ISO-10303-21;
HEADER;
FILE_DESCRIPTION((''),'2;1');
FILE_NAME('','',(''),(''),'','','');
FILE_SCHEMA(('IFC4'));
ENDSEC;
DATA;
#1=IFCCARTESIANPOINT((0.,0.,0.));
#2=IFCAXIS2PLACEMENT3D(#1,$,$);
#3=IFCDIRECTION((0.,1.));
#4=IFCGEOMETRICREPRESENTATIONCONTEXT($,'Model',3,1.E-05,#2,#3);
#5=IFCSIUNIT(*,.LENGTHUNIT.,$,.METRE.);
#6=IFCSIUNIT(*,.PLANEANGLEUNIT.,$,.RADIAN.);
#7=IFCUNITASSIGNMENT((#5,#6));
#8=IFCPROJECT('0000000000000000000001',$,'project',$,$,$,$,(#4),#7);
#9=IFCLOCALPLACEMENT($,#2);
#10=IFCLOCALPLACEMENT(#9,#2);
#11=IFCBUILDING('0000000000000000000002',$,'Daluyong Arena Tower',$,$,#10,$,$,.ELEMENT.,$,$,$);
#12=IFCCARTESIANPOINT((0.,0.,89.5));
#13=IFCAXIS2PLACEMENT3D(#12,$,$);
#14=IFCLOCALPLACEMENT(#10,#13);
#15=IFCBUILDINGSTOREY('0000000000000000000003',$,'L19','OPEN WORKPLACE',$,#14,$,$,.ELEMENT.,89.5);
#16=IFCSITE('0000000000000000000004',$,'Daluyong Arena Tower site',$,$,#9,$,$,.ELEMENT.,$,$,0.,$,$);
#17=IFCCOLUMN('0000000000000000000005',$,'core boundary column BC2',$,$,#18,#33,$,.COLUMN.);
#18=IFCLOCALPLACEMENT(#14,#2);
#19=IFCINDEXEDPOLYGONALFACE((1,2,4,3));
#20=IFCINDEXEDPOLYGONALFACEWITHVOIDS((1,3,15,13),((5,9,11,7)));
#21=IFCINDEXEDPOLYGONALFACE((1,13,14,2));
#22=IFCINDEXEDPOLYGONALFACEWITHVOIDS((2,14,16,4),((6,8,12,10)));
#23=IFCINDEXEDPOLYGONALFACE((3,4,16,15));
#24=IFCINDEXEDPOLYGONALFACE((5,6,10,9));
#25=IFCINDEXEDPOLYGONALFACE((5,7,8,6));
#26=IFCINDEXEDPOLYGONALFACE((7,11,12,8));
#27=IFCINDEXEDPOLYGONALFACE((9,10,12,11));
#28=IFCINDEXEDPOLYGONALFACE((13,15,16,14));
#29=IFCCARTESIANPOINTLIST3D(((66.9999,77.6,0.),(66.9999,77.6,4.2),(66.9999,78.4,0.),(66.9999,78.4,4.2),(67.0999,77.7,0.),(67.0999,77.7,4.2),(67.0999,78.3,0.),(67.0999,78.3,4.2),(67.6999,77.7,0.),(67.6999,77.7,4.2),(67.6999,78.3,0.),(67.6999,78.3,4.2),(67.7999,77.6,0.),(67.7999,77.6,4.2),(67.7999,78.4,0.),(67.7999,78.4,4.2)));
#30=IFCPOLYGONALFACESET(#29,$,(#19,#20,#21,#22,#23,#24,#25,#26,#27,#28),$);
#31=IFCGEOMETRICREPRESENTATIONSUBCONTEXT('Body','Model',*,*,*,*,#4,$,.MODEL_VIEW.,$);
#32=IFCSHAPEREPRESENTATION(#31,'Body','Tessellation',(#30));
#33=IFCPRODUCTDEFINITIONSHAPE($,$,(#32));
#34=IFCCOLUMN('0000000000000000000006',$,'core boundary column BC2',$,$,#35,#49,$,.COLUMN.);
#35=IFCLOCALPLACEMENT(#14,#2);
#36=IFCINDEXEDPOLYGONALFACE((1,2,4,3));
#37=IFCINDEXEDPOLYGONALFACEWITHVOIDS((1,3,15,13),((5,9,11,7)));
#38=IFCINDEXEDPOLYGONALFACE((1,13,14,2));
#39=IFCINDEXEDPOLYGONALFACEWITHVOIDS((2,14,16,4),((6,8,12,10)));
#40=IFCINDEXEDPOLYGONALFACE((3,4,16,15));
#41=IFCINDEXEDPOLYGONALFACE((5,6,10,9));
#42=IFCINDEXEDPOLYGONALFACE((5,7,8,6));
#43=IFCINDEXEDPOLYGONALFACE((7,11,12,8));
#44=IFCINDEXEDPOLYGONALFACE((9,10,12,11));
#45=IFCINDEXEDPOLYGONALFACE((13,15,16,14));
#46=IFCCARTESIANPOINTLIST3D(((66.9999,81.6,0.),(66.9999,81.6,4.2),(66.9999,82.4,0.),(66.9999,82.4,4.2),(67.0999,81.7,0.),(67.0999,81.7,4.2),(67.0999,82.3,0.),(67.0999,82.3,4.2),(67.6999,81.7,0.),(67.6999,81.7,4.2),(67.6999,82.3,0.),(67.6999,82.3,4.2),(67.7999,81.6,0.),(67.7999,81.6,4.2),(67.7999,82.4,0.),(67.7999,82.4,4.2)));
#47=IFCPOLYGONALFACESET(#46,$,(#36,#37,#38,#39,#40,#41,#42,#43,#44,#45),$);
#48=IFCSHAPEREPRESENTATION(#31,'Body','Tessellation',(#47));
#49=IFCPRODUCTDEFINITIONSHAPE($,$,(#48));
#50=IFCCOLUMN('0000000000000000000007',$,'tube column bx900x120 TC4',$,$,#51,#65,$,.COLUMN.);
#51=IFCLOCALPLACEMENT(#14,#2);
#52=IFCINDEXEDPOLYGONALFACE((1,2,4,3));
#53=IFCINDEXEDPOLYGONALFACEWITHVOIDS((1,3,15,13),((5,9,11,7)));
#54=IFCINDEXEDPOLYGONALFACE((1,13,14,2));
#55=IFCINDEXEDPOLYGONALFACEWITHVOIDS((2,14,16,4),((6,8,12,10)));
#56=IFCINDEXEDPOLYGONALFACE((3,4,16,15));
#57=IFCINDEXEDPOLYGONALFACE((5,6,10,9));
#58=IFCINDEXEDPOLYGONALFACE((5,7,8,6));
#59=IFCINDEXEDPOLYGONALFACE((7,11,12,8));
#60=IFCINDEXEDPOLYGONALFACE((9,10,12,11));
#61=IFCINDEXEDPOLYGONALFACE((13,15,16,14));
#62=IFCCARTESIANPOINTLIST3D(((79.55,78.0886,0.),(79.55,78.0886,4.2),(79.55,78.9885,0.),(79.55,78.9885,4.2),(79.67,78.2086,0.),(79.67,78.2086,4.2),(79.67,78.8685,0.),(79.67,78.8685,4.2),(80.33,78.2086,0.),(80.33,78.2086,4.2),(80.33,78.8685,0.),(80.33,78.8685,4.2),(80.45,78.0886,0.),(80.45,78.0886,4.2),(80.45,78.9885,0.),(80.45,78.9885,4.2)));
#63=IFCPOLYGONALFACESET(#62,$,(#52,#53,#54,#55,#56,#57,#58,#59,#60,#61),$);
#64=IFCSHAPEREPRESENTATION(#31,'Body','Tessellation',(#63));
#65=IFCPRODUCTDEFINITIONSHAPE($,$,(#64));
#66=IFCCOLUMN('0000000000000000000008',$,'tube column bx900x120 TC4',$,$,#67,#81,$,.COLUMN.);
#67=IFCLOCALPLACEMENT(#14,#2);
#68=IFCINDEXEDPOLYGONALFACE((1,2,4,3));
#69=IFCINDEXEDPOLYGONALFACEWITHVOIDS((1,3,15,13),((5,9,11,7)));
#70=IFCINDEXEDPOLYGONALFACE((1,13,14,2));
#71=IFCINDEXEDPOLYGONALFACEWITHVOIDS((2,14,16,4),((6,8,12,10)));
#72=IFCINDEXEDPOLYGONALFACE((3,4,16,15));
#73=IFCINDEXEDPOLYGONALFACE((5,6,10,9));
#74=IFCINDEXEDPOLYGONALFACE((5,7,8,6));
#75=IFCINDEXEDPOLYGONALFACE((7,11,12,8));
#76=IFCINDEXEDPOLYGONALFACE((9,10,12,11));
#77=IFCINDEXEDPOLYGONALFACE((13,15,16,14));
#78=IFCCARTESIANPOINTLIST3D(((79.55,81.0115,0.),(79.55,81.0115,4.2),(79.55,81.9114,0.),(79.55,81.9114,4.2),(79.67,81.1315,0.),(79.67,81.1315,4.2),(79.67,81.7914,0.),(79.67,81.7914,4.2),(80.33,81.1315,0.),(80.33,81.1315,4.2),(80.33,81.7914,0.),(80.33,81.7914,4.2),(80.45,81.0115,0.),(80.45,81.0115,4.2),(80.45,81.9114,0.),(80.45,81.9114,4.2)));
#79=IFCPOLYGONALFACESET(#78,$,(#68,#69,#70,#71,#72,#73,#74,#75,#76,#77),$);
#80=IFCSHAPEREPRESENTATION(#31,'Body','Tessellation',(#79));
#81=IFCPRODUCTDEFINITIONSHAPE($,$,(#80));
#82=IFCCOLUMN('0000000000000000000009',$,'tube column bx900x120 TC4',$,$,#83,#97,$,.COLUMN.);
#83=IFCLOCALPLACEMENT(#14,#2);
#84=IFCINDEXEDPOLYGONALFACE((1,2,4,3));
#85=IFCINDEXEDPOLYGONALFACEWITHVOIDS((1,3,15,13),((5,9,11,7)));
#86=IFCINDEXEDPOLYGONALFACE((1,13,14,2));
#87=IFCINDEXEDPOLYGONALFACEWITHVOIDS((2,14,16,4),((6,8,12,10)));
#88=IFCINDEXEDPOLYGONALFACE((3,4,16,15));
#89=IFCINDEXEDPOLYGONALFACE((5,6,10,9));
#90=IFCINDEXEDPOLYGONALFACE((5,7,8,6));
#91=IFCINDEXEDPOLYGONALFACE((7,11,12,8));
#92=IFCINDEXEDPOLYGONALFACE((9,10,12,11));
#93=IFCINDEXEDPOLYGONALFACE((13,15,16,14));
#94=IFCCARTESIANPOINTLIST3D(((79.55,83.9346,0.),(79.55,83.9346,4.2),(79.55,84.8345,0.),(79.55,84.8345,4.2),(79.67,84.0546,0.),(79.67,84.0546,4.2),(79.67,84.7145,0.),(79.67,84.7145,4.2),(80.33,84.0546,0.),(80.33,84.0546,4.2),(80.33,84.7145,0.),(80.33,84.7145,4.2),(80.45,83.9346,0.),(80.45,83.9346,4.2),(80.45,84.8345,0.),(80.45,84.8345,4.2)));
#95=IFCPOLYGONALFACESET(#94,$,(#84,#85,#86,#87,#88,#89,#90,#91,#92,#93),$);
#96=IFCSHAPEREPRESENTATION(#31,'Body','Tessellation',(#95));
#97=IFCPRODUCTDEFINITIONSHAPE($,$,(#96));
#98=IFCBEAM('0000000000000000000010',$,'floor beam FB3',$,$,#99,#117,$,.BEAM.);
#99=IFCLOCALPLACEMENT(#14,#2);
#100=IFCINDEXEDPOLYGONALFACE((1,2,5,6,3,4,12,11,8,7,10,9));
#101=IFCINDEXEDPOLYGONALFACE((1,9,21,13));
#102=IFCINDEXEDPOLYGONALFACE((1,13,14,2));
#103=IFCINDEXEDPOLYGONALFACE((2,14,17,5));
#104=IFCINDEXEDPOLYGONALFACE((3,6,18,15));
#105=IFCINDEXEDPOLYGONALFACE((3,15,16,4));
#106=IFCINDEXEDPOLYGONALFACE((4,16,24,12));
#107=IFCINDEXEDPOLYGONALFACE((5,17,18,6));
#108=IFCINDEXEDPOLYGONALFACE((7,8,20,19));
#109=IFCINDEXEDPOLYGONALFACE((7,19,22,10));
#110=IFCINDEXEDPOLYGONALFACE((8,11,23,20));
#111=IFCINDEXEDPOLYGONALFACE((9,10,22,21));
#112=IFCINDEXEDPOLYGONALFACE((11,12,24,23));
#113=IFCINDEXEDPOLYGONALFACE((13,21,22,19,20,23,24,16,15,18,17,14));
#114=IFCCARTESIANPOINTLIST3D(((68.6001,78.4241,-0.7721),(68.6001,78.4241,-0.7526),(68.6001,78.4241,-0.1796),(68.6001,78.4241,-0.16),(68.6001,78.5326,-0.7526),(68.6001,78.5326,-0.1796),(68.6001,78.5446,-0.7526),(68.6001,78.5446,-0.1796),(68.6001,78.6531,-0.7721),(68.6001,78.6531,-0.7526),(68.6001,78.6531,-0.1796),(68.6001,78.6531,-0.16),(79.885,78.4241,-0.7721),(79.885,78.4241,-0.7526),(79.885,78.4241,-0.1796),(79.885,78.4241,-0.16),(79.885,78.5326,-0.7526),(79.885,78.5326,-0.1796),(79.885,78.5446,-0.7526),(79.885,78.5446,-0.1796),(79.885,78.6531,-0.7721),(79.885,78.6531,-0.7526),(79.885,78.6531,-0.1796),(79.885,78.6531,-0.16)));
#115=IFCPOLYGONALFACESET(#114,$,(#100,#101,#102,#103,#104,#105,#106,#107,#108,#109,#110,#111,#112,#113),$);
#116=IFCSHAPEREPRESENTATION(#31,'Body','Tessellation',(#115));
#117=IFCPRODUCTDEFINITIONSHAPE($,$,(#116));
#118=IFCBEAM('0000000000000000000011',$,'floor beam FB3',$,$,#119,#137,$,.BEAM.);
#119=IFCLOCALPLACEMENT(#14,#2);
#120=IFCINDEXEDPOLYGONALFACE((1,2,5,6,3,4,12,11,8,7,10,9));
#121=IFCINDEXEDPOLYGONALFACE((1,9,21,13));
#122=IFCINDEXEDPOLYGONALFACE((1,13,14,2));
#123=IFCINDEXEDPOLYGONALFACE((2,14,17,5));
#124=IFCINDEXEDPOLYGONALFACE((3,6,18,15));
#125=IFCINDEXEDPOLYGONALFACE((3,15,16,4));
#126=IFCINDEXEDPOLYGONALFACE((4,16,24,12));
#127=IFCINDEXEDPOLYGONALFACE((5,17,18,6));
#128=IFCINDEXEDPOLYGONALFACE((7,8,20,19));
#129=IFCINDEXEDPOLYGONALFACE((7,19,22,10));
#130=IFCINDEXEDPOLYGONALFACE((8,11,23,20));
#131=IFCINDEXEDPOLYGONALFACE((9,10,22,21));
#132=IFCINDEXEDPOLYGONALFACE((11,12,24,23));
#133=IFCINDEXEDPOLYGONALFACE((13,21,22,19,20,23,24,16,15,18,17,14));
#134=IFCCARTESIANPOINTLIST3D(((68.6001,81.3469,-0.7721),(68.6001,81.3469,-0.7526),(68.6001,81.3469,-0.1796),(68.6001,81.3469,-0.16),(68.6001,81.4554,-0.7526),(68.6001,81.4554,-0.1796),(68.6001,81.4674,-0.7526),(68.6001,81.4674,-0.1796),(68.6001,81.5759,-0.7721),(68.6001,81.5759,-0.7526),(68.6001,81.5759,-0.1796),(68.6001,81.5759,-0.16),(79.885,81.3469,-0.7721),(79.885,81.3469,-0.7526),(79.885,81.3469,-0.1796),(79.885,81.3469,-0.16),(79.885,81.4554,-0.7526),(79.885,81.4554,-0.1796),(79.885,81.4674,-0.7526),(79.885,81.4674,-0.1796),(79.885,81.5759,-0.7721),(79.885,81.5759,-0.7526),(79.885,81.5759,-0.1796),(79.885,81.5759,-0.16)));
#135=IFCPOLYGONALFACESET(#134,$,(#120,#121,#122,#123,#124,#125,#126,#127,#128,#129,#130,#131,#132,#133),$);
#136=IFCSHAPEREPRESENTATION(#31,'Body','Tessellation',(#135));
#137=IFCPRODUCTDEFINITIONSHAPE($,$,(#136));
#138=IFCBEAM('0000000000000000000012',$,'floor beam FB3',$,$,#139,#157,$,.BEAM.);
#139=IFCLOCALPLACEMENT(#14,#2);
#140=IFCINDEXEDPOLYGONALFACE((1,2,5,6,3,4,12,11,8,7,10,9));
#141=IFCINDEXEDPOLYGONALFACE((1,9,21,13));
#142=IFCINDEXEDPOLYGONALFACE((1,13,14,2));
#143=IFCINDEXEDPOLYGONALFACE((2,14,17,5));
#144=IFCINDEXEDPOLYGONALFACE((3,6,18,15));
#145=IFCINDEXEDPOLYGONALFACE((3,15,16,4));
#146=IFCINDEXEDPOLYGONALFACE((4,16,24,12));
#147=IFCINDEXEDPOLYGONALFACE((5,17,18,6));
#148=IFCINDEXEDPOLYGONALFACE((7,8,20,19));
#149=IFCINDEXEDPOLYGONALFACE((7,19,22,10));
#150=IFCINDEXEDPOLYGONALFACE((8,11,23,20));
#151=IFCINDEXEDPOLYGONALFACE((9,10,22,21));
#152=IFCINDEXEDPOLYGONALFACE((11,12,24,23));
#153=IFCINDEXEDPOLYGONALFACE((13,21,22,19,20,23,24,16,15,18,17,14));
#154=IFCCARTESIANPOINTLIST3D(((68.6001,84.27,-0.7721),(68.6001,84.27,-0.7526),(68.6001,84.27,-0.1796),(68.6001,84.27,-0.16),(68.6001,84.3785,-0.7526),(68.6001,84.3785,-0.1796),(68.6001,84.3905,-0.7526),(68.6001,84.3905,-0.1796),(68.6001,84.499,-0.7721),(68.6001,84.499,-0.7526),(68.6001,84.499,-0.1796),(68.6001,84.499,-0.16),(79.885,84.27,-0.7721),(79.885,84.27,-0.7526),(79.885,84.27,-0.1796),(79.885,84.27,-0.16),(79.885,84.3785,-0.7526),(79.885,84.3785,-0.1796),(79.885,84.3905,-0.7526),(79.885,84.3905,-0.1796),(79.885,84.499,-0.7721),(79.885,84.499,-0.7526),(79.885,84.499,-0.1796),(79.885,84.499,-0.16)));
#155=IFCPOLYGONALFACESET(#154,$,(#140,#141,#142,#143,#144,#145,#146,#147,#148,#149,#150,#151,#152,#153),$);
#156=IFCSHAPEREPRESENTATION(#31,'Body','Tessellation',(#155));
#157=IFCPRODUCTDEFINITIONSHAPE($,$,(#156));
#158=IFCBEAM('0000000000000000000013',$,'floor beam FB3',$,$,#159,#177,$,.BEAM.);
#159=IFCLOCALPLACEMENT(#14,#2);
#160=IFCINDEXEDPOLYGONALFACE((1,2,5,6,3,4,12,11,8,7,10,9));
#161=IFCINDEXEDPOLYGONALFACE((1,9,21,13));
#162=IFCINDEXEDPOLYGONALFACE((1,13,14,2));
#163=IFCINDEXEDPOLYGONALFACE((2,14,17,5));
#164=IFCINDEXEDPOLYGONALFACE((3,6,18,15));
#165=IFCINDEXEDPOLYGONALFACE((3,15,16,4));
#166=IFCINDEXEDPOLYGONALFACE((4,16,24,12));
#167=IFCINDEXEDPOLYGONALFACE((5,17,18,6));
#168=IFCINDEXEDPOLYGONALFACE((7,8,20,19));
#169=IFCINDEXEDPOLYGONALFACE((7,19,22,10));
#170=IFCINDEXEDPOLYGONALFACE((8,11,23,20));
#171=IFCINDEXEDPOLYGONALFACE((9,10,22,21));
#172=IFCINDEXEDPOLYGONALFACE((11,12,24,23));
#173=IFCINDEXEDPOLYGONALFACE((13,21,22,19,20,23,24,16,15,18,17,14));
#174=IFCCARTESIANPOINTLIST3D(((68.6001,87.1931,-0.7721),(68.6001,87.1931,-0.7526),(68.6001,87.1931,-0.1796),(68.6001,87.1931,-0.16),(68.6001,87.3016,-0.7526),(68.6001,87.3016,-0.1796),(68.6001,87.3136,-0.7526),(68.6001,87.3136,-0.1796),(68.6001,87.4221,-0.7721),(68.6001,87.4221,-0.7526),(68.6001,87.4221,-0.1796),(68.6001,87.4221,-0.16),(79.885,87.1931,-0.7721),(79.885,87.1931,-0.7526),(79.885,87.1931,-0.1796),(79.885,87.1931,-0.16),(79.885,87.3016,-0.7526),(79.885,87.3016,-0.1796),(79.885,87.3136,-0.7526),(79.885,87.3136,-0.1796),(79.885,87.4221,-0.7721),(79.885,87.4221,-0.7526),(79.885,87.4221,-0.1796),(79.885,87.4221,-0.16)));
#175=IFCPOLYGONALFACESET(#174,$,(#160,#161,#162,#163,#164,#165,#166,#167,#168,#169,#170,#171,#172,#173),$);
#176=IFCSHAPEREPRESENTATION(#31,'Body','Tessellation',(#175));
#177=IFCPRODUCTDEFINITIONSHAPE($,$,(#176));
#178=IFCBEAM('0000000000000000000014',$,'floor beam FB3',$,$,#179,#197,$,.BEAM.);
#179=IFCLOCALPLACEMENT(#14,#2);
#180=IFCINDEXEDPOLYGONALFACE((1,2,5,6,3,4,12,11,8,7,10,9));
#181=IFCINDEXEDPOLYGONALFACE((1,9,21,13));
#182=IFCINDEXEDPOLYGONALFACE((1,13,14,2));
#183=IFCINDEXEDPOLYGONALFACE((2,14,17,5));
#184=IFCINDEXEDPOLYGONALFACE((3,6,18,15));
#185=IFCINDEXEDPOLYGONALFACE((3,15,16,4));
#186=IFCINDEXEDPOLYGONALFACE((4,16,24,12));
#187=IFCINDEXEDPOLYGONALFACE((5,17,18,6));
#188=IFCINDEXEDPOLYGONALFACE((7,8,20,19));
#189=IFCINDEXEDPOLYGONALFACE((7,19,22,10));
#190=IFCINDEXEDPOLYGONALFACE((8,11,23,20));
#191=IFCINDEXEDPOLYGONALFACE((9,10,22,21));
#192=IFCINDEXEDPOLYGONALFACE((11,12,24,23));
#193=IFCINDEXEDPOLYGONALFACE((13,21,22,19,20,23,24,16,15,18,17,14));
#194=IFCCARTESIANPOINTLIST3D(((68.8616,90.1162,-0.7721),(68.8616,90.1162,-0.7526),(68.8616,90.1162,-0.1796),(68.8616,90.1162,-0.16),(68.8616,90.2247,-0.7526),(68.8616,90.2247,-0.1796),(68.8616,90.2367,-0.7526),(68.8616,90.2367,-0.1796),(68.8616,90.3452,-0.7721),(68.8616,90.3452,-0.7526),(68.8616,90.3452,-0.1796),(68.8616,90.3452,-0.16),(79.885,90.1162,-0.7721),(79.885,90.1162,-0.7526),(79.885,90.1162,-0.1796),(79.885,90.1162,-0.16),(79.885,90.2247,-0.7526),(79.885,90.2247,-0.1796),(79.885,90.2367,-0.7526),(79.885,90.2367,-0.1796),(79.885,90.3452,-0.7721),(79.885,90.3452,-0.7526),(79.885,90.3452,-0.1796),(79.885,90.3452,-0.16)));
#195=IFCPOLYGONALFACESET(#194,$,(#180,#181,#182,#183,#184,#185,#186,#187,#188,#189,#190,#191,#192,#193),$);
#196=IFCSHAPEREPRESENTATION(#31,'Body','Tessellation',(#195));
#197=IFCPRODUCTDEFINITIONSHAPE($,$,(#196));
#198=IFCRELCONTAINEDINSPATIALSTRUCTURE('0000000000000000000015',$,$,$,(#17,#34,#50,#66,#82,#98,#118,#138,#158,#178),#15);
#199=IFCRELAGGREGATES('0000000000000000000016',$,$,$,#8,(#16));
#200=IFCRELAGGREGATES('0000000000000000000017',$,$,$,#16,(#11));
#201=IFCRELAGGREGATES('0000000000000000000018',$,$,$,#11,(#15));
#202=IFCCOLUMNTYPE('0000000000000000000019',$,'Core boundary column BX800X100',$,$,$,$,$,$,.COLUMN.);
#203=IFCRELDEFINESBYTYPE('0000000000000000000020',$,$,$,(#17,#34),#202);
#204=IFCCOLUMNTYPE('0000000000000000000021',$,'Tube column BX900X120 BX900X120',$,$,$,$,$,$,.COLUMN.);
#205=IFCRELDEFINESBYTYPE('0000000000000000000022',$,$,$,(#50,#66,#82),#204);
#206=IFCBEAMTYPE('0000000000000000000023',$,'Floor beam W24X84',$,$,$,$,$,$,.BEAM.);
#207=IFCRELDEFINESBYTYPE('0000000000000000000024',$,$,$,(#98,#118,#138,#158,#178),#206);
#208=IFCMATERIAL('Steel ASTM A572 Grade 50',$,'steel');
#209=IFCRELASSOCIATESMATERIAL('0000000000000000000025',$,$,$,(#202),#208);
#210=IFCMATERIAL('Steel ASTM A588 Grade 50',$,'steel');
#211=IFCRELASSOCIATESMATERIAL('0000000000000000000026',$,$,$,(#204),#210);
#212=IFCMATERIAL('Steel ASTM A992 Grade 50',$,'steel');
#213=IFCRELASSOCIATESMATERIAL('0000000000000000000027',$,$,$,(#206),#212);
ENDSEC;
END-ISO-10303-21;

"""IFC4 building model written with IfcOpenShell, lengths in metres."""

from ifc_helpers import new_model, si_unit, direction, frame, origin, origin_2d, place, context, subcontext, project, spatial, hollow_rectangle, i_section, extrude, material, material_profile, profile_set, type_object, element, save


model = new_model("IFC4")

# Units and contexts
model_context = context("Model", 3, precision=1e-05, world=origin(), true_north=direction((0.0, 1.0)))
body_context = subcontext(model_context, "Body", "Model", "MODEL_VIEW")
ifc_project = project(units=[si_unit("LENGTHUNIT", "METRE"), si_unit("PLANEANGLEUNIT", "RADIAN")], contexts=[model_context])

# Site, building, storey
site_placement = place(None, origin())
site = spatial("IfcSite", under=ifc_project, at=site_placement, Name="Daluyong Arena Tower site", CompositionType="ELEMENT", RefElevation=0.0)
building_placement = place(site_placement, origin())
building = spatial("IfcBuilding", under=site, at=building_placement, Name="Daluyong Arena Tower", CompositionType="ELEMENT")
storey_placement = place(building_placement, frame((0.0, 0.0, 89.5)))
storey = spatial("IfcBuildingStorey", under=building, at=storey_placement, Name="L19", Description="OPEN WORKPLACE", CompositionType="ELEMENT", Elevation=89.5)

# Columns
ifc_material_1 = material(Name="Steel ASTM A572 Grade 50", Category="steel")
ifc_material_profile_1 = material_profile(ifc_material_1, hollow_rectangle(XDim=0.8, YDim=0.8, WallThickness=0.1, at=origin_2d()))
ifc_profile_set_1 = profile_set([ifc_material_profile_1], Name="Steel ASTM A572 Grade 50")
column_type_1 = type_object("IfcColumnType", Name="Core boundary column BX800X100", PredefinedType="COLUMN", material=ifc_profile_set_1)
for number, where, z_axis, x_axis, name in (
    (1, (67.3999, 78.0, 0.0), (0.0, 0.0, 1.0), (1.0, 0.0, 0.0), "core boundary column BC2"),
    (2, (67.3999, 82.0, 0.0), (0.0, 0.0, 1.0), (1.0, 0.0, 0.0), "core boundary column BC2"),
):
    element("IfcColumn", number, at=place(storey_placement, frame(where, z_axis=z_axis, x_axis=x_axis)), inside=storey, type_object=column_type_1, Name=name, PredefinedType="COLUMN", context=body_context, shape_type="SweptSolid", body=[
        extrude(hollow_rectangle(XDim=0.8, YDim=0.8, WallThickness=0.1, at=origin_2d()), origin(), (0.0, 0.0, 1.0), 4.2),
    ])
ifc_material_2 = material(Name="Steel ASTM A588 Grade 50", Category="steel")
ifc_material_profile_2 = material_profile(ifc_material_2, hollow_rectangle(XDim=0.8999, YDim=0.8999, WallThickness=0.12, at=origin_2d()))
ifc_profile_set_2 = profile_set([ifc_material_profile_2], Name="Steel ASTM A588 Grade 50")
column_type_2 = type_object("IfcColumnType", Name="Tube column BX900X120 BX900X120", PredefinedType="COLUMN", material=ifc_profile_set_2)
for number, where, z_axis, x_axis, name in (
    (3, (80.0, 78.5386, 0.0), (0.0, 0.0, 1.0), (0.0, 1.0, 0.0), "tube column bx900x120 TC4"),
    (4, (80.0, 81.4614, 0.0), (0.0, 0.0, 1.0), (0.0, 1.0, 0.0), "tube column bx900x120 TC4"),
    (5, (80.0, 84.3845, 0.0), (0.0, 0.0, 1.0), (0.0, 1.0, 0.0), "tube column bx900x120 TC4"),
):
    element("IfcColumn", number, at=place(storey_placement, frame(where, z_axis=z_axis, x_axis=x_axis)), inside=storey, type_object=column_type_2, Name=name, PredefinedType="COLUMN", context=body_context, shape_type="SweptSolid", body=[
        extrude(hollow_rectangle(XDim=0.8999, YDim=0.8999, WallThickness=0.12, at=origin_2d()), origin(), (0.0, 0.0, 1.0), 4.2),
    ])

# Beams
ifc_material_3 = material(Name="Steel ASTM A992 Grade 50", Category="steel")
ifc_material_profile_3 = material_profile(ifc_material_3, i_section(OverallWidth=0.229, OverallDepth=0.6121, WebThickness=0.012, FlangeThickness=0.0195, at=origin_2d()))
ifc_profile_set_3 = profile_set([ifc_material_profile_3], Name="Steel ASTM A992 Grade 50")
beam_type_1 = type_object("IfcBeamType", Name="Floor beam W24X84", PredefinedType="BEAM", material=ifc_profile_set_3)
for number, where, z_axis, x_axis, name in (
    (6, (79.885, 78.5386, -0.4661), (-1.0, 0.0, 0.0), (0.0, -1.0, 0.0), "floor beam FB3"),
    (7, (79.885, 81.4614, -0.4661), (-1.0, 0.0, 0.0), (0.0, -1.0, 0.0), "floor beam FB3"),
    (8, (79.885, 84.3845, -0.4661), (-1.0, 0.0, 0.0), (0.0, -1.0, 0.0), "floor beam FB3"),
    (9, (79.885, 87.3076, -0.4661), (-1.0, 0.0, 0.0), (0.0, -1.0, 0.0), "floor beam FB3"),
):
    element("IfcBeam", number, at=place(storey_placement, frame(where, z_axis=z_axis, x_axis=x_axis)), inside=storey, type_object=beam_type_1, Name=name, PredefinedType="BEAM", context=body_context, shape_type="SweptSolid", body=[
        extrude(i_section(OverallWidth=0.229, OverallDepth=0.6121, WebThickness=0.012, FlangeThickness=0.0195, at=origin_2d()), origin(), (0.0, 0.0, 1.0), 11.2849),
    ])
beam_1_placement = place(storey_placement, frame((79.885, 90.2307, -0.4661), z_axis=(-1.0, 0.0, 0.0), x_axis=(0.0, -1.0, 0.0)))
element("IfcBeam", 10, at=beam_1_placement, inside=storey, type_object=beam_type_1, Name="floor beam FB3", PredefinedType="BEAM", context=body_context, shape_type="SweptSolid", body=[
    extrude(i_section(OverallWidth=0.229, OverallDepth=0.6121, WebThickness=0.012, FlangeThickness=0.0195, at=origin_2d()), origin(), (0.0, 0.0, 1.0), 11.0234),
])

save(model, "model.ifc")
